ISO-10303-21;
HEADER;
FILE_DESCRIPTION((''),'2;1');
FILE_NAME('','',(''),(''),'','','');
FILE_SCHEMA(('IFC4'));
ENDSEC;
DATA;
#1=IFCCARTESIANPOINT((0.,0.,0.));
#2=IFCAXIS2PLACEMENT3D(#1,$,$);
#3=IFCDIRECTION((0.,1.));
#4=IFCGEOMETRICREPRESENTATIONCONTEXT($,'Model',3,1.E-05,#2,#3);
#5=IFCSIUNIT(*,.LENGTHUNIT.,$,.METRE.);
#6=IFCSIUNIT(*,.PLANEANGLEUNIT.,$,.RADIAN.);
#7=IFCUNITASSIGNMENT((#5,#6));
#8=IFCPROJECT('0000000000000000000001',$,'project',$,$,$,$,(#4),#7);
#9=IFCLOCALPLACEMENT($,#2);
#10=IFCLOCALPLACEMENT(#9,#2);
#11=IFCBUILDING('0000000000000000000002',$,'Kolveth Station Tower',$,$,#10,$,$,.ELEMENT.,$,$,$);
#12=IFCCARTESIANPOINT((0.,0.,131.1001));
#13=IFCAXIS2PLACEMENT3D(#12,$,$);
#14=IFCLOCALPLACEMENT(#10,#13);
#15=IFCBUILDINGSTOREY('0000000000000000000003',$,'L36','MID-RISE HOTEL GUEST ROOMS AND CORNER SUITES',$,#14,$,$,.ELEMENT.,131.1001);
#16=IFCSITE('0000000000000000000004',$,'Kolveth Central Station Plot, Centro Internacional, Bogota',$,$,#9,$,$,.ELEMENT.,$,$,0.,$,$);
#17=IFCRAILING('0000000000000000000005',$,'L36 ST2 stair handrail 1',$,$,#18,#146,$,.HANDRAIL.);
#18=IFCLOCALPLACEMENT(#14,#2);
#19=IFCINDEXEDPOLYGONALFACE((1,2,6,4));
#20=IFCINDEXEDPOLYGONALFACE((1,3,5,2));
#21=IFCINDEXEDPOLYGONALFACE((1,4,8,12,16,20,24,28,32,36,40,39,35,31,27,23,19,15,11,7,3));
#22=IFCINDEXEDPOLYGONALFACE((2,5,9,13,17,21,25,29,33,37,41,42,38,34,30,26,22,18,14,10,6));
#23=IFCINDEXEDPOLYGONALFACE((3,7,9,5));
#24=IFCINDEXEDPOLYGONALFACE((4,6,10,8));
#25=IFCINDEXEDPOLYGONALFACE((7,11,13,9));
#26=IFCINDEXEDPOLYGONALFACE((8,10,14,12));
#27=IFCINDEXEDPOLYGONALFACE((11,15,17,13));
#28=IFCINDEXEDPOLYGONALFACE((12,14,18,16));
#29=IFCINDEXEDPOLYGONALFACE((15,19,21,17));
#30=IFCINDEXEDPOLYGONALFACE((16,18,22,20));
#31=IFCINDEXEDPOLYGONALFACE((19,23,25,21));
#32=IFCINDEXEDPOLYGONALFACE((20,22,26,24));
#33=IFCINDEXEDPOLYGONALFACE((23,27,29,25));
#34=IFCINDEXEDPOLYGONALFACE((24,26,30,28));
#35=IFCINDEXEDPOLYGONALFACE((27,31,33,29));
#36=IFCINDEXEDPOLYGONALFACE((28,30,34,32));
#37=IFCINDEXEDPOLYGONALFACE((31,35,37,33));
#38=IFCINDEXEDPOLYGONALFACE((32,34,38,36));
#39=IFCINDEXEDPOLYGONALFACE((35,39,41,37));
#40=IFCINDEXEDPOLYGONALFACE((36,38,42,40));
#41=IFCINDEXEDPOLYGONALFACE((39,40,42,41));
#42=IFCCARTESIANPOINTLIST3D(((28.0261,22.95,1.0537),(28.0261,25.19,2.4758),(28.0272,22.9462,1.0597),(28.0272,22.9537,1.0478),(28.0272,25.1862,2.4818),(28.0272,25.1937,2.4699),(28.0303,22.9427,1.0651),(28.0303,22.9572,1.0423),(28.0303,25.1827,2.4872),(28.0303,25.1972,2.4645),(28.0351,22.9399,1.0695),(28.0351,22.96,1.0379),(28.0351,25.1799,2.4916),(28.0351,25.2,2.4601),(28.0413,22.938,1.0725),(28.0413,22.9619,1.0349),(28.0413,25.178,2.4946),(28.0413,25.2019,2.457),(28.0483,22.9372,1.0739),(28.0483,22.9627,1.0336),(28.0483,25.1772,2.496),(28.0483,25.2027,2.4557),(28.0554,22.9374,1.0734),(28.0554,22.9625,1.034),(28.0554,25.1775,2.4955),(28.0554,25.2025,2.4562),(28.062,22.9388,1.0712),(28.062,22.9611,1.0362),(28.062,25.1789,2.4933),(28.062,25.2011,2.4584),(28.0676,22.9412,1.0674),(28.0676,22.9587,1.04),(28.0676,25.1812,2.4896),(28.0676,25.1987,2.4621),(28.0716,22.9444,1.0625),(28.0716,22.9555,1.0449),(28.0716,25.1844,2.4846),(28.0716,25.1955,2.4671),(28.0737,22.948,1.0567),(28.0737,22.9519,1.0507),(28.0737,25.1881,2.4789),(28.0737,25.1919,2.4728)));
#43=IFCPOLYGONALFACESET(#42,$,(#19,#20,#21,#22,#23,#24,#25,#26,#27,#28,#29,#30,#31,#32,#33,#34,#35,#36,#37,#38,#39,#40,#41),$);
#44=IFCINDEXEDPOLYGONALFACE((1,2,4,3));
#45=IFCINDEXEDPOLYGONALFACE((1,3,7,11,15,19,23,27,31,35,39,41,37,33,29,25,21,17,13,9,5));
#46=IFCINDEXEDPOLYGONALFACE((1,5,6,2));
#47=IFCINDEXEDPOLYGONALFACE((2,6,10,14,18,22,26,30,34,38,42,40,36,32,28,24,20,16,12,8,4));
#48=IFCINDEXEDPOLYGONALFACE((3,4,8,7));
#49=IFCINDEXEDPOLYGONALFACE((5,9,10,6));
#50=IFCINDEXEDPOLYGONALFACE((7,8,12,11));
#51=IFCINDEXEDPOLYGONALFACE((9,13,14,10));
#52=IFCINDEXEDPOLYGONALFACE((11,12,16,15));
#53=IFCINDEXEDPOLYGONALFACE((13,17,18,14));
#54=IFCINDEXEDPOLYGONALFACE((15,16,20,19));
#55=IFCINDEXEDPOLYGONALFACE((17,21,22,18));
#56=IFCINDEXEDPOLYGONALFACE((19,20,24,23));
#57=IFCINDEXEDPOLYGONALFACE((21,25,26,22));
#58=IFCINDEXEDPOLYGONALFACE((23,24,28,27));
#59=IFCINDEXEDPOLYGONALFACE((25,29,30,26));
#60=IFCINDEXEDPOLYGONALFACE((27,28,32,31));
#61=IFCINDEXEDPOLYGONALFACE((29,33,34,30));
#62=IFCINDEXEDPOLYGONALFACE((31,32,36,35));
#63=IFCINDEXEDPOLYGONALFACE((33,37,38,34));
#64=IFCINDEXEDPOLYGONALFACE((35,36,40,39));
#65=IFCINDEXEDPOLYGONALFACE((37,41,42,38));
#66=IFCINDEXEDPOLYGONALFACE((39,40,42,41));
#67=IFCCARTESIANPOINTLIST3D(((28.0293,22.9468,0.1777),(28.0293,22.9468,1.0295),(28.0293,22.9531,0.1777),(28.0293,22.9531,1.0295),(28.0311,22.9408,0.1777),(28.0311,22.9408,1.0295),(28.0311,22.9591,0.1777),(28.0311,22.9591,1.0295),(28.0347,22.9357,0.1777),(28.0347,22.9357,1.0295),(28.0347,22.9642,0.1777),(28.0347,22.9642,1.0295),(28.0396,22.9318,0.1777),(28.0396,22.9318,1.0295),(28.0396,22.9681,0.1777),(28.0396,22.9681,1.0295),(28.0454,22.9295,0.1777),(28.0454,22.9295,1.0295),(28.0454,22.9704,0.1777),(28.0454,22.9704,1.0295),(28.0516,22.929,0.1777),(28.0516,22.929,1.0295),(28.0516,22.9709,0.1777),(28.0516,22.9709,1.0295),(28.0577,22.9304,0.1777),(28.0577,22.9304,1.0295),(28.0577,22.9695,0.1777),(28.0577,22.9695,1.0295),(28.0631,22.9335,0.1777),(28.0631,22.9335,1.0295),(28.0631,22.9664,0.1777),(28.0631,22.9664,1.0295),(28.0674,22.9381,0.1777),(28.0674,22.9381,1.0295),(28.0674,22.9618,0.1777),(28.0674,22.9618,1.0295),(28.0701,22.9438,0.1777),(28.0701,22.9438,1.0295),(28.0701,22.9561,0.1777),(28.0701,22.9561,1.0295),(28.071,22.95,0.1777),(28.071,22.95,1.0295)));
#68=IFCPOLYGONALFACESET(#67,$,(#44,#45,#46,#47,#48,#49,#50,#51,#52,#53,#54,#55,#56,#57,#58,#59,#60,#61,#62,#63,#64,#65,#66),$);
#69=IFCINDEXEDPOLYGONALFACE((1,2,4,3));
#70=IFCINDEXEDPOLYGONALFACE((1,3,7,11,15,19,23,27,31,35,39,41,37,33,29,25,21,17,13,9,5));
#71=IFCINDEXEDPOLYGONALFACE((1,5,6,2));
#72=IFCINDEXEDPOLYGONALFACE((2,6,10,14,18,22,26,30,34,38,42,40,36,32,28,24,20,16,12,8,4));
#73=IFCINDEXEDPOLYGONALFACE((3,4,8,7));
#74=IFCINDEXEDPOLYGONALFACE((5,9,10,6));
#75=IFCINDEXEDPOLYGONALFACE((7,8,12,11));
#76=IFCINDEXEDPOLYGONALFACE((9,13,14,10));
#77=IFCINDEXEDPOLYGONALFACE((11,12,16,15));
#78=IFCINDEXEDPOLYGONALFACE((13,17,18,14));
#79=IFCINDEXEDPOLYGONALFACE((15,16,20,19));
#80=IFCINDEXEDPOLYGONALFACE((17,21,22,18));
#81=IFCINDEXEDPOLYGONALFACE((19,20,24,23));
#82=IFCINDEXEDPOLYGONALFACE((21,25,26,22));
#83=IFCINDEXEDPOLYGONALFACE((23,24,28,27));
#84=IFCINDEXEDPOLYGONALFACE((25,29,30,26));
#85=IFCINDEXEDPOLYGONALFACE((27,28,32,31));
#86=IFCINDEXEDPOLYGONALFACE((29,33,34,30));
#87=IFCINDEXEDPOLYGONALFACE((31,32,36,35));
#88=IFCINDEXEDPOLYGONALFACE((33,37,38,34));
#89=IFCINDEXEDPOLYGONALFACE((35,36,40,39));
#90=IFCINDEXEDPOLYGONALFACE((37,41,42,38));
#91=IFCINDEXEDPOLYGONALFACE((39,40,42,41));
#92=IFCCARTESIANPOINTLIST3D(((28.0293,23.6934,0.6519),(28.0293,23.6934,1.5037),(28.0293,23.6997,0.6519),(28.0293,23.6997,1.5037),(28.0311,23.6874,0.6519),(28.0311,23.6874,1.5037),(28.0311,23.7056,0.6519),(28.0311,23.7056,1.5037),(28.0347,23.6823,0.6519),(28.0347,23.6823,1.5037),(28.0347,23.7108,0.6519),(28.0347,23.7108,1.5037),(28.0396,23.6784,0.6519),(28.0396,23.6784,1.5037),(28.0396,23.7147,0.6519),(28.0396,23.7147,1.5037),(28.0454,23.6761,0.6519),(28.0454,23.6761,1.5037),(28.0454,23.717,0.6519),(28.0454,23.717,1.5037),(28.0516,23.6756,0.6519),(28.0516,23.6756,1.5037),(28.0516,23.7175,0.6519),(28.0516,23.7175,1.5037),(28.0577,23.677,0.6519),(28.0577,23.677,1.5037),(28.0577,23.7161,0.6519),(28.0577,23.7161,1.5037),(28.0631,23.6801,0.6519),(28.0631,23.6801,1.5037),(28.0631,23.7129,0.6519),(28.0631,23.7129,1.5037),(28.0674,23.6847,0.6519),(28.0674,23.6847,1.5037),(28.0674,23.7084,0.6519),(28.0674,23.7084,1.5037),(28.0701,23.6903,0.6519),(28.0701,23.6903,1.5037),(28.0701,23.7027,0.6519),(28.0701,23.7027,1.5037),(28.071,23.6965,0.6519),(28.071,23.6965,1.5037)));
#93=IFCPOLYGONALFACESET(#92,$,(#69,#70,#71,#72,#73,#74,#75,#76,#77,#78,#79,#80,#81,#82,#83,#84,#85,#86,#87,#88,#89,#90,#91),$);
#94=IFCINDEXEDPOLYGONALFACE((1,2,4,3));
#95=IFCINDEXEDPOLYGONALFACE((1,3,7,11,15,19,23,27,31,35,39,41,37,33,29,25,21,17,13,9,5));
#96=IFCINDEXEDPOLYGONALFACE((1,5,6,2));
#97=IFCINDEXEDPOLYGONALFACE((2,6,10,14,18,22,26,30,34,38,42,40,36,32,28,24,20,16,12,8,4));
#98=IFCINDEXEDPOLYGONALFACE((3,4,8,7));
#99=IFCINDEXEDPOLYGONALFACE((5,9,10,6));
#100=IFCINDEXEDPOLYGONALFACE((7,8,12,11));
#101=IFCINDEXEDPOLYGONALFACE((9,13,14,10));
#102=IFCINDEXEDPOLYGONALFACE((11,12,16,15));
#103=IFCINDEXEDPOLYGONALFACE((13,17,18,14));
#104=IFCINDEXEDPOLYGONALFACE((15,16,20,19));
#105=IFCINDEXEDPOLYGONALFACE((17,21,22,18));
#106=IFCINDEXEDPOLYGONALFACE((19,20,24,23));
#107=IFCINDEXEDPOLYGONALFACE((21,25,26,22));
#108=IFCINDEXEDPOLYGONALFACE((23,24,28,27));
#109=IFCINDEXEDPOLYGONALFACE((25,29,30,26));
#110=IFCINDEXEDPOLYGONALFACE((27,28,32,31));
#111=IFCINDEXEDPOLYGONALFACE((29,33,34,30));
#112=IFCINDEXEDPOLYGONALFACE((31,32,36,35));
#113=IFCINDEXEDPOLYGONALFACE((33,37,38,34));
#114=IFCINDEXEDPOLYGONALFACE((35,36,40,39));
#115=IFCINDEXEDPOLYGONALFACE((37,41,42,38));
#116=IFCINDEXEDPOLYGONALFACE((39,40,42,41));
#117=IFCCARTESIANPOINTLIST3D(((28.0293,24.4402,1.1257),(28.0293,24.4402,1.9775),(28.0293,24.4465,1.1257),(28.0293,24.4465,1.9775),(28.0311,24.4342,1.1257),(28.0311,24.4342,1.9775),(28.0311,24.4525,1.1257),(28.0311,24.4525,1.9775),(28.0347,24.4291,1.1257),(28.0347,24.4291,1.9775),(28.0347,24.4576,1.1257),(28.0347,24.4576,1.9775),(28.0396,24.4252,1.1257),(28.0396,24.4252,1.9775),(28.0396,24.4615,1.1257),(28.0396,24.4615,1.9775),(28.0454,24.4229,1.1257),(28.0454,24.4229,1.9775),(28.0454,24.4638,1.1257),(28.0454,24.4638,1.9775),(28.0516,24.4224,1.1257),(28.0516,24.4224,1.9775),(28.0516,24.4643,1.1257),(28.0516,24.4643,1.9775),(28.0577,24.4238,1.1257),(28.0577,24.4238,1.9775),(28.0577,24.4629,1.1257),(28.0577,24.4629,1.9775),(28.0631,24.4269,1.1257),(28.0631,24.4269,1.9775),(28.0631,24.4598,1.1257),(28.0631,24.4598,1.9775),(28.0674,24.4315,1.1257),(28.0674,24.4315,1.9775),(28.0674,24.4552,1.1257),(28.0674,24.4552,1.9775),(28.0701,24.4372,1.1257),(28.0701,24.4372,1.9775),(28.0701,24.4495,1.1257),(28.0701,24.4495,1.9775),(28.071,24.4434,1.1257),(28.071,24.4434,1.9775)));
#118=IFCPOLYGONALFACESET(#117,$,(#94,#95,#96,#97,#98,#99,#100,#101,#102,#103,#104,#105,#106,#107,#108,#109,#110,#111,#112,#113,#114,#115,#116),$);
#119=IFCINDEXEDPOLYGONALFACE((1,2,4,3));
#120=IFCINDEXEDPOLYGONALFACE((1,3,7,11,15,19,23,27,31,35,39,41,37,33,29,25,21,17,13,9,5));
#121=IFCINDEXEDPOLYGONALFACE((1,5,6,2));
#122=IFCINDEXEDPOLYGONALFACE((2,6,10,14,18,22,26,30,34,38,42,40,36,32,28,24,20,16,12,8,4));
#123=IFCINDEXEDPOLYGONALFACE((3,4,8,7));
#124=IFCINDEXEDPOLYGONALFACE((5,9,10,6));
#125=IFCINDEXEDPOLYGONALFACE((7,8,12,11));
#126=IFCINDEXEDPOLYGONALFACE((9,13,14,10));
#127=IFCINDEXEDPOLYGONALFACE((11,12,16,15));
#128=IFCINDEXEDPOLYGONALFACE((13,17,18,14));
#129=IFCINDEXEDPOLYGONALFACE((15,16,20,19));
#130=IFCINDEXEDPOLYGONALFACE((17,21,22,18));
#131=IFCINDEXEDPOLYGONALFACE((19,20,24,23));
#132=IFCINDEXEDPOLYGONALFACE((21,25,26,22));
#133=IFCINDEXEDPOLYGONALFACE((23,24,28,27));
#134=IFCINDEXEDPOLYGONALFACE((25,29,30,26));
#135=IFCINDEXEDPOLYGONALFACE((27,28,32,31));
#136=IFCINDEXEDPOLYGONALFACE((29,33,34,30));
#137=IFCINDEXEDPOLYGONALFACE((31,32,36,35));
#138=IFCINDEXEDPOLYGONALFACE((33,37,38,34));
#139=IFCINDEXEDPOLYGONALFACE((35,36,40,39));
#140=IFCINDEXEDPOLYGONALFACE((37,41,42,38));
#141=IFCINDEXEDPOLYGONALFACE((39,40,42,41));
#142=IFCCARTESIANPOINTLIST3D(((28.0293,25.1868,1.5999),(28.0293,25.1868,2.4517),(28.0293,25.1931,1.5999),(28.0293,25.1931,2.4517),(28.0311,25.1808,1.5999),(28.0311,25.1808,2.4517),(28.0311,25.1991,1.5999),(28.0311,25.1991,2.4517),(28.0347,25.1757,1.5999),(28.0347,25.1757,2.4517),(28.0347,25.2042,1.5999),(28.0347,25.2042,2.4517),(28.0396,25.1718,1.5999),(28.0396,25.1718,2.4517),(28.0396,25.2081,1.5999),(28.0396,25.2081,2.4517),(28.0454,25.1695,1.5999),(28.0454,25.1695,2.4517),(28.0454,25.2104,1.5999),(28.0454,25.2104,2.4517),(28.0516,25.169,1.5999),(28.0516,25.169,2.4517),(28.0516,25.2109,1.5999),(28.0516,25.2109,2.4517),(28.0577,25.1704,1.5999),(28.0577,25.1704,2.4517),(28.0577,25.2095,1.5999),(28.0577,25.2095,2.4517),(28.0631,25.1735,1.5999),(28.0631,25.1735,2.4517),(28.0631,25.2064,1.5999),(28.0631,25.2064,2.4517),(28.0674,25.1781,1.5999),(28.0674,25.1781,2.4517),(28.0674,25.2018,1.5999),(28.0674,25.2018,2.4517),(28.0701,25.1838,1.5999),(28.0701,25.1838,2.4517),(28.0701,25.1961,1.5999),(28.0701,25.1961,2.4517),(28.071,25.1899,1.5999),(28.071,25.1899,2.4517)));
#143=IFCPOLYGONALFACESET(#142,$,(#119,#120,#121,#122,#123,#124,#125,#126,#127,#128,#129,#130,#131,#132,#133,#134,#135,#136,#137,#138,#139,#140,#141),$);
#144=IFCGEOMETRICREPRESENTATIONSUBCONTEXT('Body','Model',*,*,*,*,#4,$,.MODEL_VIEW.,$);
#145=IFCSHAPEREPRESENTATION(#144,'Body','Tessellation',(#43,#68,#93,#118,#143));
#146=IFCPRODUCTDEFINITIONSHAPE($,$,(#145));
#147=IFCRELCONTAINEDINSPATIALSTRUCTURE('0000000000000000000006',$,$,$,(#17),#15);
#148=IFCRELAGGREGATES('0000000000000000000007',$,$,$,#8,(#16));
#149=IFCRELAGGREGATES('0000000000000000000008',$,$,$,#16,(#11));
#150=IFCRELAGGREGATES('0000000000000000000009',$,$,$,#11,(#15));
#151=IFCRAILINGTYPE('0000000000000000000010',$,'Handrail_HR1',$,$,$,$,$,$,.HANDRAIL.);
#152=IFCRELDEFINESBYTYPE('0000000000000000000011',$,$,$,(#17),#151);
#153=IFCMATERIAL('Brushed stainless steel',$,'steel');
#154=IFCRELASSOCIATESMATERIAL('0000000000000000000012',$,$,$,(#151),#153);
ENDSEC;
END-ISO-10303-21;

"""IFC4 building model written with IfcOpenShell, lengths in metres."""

from ifc_helpers import new_model, si_unit, direction, frame, origin, origin_2d, place, context, subcontext, project, spatial, circle, extrude, material, type_object, element, save


model = new_model("IFC4")

# Units and contexts
model_context = context("Model", 3, precision=1e-05, world=origin(), true_north=direction((0.0, 1.0)))
body_context = subcontext(model_context, "Body", "Model", "MODEL_VIEW")
ifc_project = project(units=[si_unit("LENGTHUNIT", "METRE"), si_unit("PLANEANGLEUNIT", "RADIAN")], contexts=[model_context])

# Site, building, storey
site_placement = place(None, origin())
site = spatial("IfcSite", under=ifc_project, at=site_placement, Name="Kolveth Central Station Plot, Centro Internacional, Bogota", CompositionType="ELEMENT", RefElevation=0.0)
building_placement = place(site_placement, origin())
building = spatial("IfcBuilding", under=site, at=building_placement, Name="Kolveth Station Tower", CompositionType="ELEMENT")
storey_placement = place(building_placement, frame((0.0, 0.0, 131.1001)))
storey = spatial("IfcBuildingStorey", under=building, at=storey_placement, Name="L36", Description="MID-RISE HOTEL GUEST ROOMS AND CORNER SUITES", CompositionType="ELEMENT", Elevation=131.1001)

# Railing
ifc_material_1 = material(Name="Brushed stainless steel", Category="steel")
railing_type_1 = type_object("IfcRailingType", Name="Handrail_HR1", PredefinedType="HANDRAIL", material=ifc_material_1)
railing_1_placement = place(storey_placement, frame((28.05, 22.95, 0.1777)))
element("IfcRailing", 1, at=railing_1_placement, inside=storey, type_object=railing_type_1, Name="L36 ST2 stair handrail 1", PredefinedType="HANDRAIL", context=body_context, shape_type="SweptSolid", body=[
    extrude(circle(Radius=0.0239, at=origin_2d()), frame((0.0, 0.0, 0.876), z_axis=(0.0, 0.844229, 0.535982), x_axis=(-1.0, 0.0, 0.0)), (0.0, 0.0, 1.0), 2.6533),
    extrude(circle(Radius=0.021, at=origin_2d()), origin(), (0.0, 0.0, 1.0), 0.8518),
    extrude(circle(Radius=0.021, at=origin_2d()), frame((0.0, 0.7466, 0.4741)), (0.0, 0.0, 1.0), 0.8518),
    extrude(circle(Radius=0.021, at=origin_2d()), frame((0.0, 1.4934, 0.948)), (0.0, 0.0, 1.0), 0.8518),
    extrude(circle(Radius=0.021, at=origin_2d()), frame((0.0, 2.24, 1.4221)), (0.0, 0.0, 1.0), 0.8518),
])

save(model, "model.ifc")
